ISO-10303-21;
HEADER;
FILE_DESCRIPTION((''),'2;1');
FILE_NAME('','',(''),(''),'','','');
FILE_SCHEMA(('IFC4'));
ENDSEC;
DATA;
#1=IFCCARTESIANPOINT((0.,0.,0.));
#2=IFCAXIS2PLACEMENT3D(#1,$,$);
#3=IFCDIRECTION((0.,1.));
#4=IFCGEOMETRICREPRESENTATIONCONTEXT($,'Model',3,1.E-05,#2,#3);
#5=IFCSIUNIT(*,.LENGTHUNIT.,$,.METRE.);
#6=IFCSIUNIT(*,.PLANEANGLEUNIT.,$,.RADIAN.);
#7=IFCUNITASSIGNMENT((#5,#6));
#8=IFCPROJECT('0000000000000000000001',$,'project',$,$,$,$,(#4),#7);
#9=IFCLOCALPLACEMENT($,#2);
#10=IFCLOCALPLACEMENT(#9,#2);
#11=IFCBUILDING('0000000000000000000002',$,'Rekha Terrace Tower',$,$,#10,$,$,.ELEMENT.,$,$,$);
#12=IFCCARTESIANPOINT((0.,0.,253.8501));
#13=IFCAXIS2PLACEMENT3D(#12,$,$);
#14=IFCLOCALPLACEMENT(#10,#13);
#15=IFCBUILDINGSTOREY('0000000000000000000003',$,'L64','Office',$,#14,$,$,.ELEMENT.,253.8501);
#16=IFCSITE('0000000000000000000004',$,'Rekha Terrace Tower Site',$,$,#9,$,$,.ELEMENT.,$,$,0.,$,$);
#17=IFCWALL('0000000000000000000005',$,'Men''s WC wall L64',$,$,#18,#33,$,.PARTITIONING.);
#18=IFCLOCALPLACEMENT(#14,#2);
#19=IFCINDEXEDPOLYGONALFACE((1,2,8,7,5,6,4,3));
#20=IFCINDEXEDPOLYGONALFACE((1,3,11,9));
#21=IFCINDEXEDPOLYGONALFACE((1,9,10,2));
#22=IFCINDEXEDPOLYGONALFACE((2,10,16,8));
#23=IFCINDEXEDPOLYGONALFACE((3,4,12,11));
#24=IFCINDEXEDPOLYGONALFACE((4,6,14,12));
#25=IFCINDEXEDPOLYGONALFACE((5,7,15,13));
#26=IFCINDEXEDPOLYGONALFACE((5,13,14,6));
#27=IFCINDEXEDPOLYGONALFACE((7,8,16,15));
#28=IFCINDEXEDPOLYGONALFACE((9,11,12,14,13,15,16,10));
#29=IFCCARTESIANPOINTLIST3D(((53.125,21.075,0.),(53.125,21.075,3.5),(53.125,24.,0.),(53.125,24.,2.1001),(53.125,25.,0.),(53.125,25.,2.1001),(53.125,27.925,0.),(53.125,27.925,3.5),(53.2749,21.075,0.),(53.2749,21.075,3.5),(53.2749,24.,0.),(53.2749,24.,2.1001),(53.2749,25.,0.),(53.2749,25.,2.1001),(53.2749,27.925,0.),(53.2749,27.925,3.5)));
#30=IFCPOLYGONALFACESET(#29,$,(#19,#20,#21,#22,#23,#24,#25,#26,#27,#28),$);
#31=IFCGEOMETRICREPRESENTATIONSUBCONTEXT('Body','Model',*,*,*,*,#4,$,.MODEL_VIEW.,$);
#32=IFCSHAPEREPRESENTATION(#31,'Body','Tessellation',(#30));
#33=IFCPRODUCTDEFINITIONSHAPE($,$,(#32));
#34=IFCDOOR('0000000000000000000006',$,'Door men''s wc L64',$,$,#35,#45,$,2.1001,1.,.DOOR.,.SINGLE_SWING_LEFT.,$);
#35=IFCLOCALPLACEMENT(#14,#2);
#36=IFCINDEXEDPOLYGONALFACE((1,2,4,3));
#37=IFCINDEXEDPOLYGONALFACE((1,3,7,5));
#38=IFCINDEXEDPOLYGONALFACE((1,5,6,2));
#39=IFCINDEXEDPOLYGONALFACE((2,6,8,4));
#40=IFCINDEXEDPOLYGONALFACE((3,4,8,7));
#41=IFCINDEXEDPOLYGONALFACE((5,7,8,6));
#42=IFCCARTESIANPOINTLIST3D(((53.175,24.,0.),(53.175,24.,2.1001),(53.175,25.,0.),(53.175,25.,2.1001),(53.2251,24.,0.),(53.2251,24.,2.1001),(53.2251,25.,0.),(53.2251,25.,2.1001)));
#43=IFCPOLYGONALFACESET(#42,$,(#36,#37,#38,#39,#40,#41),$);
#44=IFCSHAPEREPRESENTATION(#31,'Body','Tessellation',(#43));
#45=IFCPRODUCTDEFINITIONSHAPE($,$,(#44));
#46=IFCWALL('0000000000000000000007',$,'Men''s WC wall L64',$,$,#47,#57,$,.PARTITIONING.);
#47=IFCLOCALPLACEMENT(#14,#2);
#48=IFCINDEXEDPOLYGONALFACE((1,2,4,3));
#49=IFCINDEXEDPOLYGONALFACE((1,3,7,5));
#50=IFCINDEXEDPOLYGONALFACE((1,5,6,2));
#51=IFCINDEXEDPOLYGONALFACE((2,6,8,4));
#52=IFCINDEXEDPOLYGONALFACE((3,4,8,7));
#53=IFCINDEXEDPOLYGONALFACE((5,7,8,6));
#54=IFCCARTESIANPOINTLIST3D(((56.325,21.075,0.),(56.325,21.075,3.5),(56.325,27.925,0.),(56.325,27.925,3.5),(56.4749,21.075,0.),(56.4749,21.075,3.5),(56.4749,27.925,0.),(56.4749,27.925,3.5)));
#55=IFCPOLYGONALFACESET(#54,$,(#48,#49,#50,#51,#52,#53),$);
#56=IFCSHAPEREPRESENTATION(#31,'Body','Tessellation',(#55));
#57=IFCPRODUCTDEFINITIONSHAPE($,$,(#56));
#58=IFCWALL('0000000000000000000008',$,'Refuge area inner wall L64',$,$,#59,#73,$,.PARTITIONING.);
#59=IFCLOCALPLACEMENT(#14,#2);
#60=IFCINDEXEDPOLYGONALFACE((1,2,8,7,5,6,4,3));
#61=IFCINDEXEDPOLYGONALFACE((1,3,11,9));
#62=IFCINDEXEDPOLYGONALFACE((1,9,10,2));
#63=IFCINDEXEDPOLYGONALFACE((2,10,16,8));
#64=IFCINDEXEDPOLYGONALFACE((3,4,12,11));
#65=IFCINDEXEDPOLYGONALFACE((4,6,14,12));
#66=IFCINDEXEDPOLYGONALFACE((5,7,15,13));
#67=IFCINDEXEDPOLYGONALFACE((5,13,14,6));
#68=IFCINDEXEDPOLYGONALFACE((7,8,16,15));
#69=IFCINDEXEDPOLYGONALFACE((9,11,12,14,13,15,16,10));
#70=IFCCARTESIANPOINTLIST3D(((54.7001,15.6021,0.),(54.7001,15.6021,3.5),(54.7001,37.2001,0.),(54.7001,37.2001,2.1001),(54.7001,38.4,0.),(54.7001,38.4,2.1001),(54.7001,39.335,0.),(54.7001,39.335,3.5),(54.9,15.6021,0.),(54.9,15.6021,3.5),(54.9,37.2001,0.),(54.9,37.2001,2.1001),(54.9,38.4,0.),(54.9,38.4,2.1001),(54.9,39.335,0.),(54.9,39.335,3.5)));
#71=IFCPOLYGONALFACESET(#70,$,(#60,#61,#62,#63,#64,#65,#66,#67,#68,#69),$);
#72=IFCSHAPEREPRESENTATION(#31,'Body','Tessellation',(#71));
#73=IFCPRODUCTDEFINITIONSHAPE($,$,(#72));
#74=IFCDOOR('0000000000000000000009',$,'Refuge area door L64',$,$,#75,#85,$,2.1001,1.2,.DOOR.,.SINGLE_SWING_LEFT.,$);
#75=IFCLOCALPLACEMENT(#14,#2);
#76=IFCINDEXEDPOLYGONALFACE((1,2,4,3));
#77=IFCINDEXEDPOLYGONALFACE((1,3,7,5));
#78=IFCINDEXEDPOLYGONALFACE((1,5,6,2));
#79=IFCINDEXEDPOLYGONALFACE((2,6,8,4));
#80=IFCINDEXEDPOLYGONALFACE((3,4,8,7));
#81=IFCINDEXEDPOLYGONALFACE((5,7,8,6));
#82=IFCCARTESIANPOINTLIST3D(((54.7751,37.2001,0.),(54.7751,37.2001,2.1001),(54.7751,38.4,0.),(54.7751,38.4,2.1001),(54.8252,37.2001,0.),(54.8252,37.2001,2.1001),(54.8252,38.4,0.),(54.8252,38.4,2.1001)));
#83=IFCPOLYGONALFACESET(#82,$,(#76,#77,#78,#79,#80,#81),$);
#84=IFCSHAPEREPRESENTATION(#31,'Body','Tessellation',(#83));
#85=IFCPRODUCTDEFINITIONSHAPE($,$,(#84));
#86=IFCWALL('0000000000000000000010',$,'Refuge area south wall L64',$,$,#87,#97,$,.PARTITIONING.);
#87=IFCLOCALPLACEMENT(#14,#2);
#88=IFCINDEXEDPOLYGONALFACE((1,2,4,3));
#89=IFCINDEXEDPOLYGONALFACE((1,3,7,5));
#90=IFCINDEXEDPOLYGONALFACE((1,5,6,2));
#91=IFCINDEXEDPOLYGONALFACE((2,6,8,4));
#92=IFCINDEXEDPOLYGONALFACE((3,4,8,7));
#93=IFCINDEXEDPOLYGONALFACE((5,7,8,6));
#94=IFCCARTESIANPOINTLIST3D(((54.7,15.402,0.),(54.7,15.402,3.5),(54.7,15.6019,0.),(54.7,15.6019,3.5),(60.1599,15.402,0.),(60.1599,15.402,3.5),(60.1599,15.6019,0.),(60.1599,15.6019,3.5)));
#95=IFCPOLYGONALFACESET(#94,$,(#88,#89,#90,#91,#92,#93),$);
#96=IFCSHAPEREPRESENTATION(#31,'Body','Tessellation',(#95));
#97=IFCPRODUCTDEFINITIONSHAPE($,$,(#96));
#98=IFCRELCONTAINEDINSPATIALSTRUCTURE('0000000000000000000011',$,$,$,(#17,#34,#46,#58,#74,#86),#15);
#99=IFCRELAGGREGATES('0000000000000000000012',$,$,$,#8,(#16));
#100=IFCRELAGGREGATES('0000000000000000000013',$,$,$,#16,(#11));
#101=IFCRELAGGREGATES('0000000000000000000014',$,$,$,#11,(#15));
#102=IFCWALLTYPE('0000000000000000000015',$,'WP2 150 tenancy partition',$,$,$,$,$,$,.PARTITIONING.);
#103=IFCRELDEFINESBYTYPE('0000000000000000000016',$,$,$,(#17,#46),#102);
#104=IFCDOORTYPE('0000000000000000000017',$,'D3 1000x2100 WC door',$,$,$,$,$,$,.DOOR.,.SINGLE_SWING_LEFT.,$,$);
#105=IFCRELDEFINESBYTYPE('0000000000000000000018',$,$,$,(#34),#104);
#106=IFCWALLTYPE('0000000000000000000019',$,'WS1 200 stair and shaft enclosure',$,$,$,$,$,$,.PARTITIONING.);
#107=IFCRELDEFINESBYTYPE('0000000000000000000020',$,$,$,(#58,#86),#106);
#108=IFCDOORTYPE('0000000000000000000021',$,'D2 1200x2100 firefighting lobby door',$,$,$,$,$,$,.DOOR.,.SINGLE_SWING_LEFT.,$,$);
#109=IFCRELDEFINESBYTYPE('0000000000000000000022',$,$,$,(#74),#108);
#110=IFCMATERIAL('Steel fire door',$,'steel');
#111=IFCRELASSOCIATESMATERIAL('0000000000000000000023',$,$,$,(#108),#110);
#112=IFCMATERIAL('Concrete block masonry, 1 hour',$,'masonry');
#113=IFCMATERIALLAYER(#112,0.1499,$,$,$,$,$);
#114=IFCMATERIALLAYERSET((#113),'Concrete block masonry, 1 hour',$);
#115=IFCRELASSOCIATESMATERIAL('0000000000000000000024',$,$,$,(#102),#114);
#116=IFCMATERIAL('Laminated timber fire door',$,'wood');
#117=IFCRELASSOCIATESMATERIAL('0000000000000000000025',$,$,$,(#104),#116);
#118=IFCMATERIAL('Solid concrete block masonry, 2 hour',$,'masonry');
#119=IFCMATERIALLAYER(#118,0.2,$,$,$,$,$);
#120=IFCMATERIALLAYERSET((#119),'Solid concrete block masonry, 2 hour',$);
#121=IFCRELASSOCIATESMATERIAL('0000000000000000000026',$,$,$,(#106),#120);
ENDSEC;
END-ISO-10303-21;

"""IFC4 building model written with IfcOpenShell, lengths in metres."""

from ifc_helpers import new_model, si_unit, direction, frame, frame_2d, origin, place, context, subcontext, project, spatial, rectangle, extrude, material, layer, layer_set, type_object, element, fill, save


model = new_model("IFC4")

# Units and contexts
model_context = context("Model", 3, precision=1e-05, world=origin(), true_north=direction((0.0, 1.0)))
body_context = subcontext(model_context, "Body", "Model", "MODEL_VIEW")
ifc_project = project(units=[si_unit("LENGTHUNIT", "METRE"), si_unit("PLANEANGLEUNIT", "RADIAN")], contexts=[model_context])

# Site, building, storey
site_placement = place(None, origin())
site = spatial("IfcSite", under=ifc_project, at=site_placement, Name="Rekha Terrace Tower Site", CompositionType="ELEMENT", RefElevation=0.0)
building_placement = place(site_placement, origin())
building = spatial("IfcBuilding", under=site, at=building_placement, Name="Rekha Terrace Tower", CompositionType="ELEMENT")
storey_placement = place(building_placement, frame((0.0, 0.0, 253.8501)))
storey = spatial("IfcBuildingStorey", under=building, at=storey_placement, Name="L64", Description="Office", CompositionType="ELEMENT", Elevation=253.8501)

# Shared definitions
ifc_material_1 = material(Name="Steel fire door", Category="steel")
door_type_1 = type_object("IfcDoorType", Name="D2 1200x2100 firefighting lobby door", OperationType="SINGLE_SWING_LEFT", PredefinedType="DOOR", material=ifc_material_1)

# Shared definitions
ifc_material_2 = material(Name="Concrete block masonry, 1 hour", Category="masonry")
ifc_layer_1 = layer(ifc_material_2, 0.1499)
ifc_layer_set_1 = layer_set([ifc_layer_1], Name="Concrete block masonry, 1 hour")
wall_type_1 = type_object("IfcWallType", Name="WP2 150 tenancy partition", PredefinedType="PARTITIONING", material=ifc_layer_set_1)

# Wall, opening, door
wall_1_placement = place(storey_placement, frame((53.2, 21.075, 0.0), z_axis=(0.0, 0.0, 1.0), x_axis=(0.0, 1.0, 0.0)))
wall_1 = element("IfcWall", 1, at=wall_1_placement, inside=storey, type_object=wall_type_1, Name="Men's WC wall L64", PredefinedType="PARTITIONING", context=body_context, shape_type="SweptSolid", body=[
    extrude(rectangle(XDim=6.8501, YDim=0.1499, at=frame_2d((3.425, 0.0))), origin(), (0.0, 0.0, 1.0), 3.5),
])
opening_1_placement = place(wall_1_placement, frame((2.925, 0.0, 0.0)))
opening_1 = element("IfcOpeningElement", 2, at=opening_1_placement, cuts=wall_1, PredefinedType="OPENING", context=body_context, shape_type="SweptSolid", body=[
    extrude(rectangle(XDim=1.0, YDim=2.1001, at=frame_2d((0.5, 1.05))), frame((0.0, 0.085, 0.0), z_axis=(0.0, -1.0, 0.0), x_axis=(1.0, 0.0, 0.0)), (0.0, 0.0, 1.0), 0.1699),
])
ifc_material_3 = material(Name="Laminated timber fire door", Category="wood")
door_type_2 = type_object("IfcDoorType", Name="D3 1000x2100 WC door", OperationType="SINGLE_SWING_LEFT", PredefinedType="DOOR", material=ifc_material_3)
door_1_placement = place(opening_1_placement, origin())
door_1 = element("IfcDoor", 3, at=door_1_placement, inside=storey, type_object=door_type_2, Name="Door men's wc L64", OperationType="SINGLE_SWING_LEFT", OverallHeight=2.1001, OverallWidth=1.0, PredefinedType="DOOR", context=body_context, shape_type="SweptSolid", body=[
    extrude(rectangle(XDim=1.0, YDim=2.1001, at=frame_2d((0.5, 1.05))), frame((0.0, 0.0249, 0.0), z_axis=(0.0, -1.0, 0.0), x_axis=(1.0, 0.0, 0.0)), (0.0, 0.0, 1.0), 0.05),
])
fill(opening_1, door_1)

# Wall
wall_2_placement = place(storey_placement, frame((56.3999, 21.075, 0.0), z_axis=(0.0, 0.0, 1.0), x_axis=(0.0, 1.0, 0.0)))
element("IfcWall", 4, at=wall_2_placement, inside=storey, type_object=wall_type_1, Name="Men's WC wall L64", PredefinedType="PARTITIONING", context=body_context, shape_type="SweptSolid", body=[
    extrude(rectangle(XDim=6.8501, YDim=0.1499, at=frame_2d((3.425, 0.0))), origin(), (0.0, 0.0, 1.0), 3.5),
])

# Wall, opening, door
ifc_material_4 = material(Name="Solid concrete block masonry, 2 hour", Category="masonry")
ifc_layer_2 = layer(ifc_material_4, 0.2)
ifc_layer_set_2 = layer_set([ifc_layer_2], Name="Solid concrete block masonry, 2 hour")
wall_type_2 = type_object("IfcWallType", Name="WS1 200 stair and shaft enclosure", PredefinedType="PARTITIONING", material=ifc_layer_set_2)
wall_3_placement = place(storey_placement, frame((54.8, 15.6021, 0.0), z_axis=(0.0, 0.0, 1.0), x_axis=(0.0, 1.0, 0.0)))
wall_3 = element("IfcWall", 5, at=wall_3_placement, inside=storey, type_object=wall_type_2, Name="Refuge area inner wall L64", PredefinedType="PARTITIONING", context=body_context, shape_type="SweptSolid", body=[
    extrude(rectangle(XDim=23.7329, YDim=0.2, at=frame_2d((11.8665, 0.0))), origin(), (0.0, 0.0, 1.0), 3.5),
])
opening_2_placement = place(wall_3_placement, frame((21.5979, 0.0, 0.0)))
opening_2 = element("IfcOpeningElement", 6, at=opening_2_placement, cuts=wall_3, PredefinedType="OPENING", context=body_context, shape_type="SweptSolid", body=[
    extrude(rectangle(XDim=1.2, YDim=2.1001, at=frame_2d((0.6001, 1.05))), frame((0.0, 0.1099, 0.0), z_axis=(0.0, -1.0, 0.0), x_axis=(1.0, 0.0, 0.0)), (0.0, 0.0, 1.0), 0.22),
])
door_2_placement = place(opening_2_placement, origin())
door_2 = element("IfcDoor", 7, at=door_2_placement, inside=storey, type_object=door_type_1, Name="Refuge area door L64", OperationType="SINGLE_SWING_LEFT", OverallHeight=2.1001, OverallWidth=1.2, PredefinedType="DOOR", context=body_context, shape_type="SweptSolid", body=[
    extrude(rectangle(XDim=1.2, YDim=2.1001, at=frame_2d((0.6001, 1.05))), frame((0.0, 0.0249, 0.0), z_axis=(0.0, -1.0, 0.0), x_axis=(1.0, 0.0, 0.0)), (0.0, 0.0, 1.0), 0.05),
])
fill(opening_2, door_2)

# Wall
wall_4_placement = place(storey_placement, frame((54.7, 15.502, 0.0), z_axis=(0.0, 0.0, 1.0), x_axis=(1.0, 0.0, 0.0)))
element("IfcWall", 8, at=wall_4_placement, inside=storey, type_object=wall_type_2, Name="Refuge area south wall L64", PredefinedType="PARTITIONING", context=body_context, shape_type="SweptSolid", body=[
    extrude(rectangle(XDim=5.46, YDim=0.2, at=frame_2d((2.73, 0.0))), origin(), (0.0, 0.0, 1.0), 3.5),
])

save(model, "model.ifc")
